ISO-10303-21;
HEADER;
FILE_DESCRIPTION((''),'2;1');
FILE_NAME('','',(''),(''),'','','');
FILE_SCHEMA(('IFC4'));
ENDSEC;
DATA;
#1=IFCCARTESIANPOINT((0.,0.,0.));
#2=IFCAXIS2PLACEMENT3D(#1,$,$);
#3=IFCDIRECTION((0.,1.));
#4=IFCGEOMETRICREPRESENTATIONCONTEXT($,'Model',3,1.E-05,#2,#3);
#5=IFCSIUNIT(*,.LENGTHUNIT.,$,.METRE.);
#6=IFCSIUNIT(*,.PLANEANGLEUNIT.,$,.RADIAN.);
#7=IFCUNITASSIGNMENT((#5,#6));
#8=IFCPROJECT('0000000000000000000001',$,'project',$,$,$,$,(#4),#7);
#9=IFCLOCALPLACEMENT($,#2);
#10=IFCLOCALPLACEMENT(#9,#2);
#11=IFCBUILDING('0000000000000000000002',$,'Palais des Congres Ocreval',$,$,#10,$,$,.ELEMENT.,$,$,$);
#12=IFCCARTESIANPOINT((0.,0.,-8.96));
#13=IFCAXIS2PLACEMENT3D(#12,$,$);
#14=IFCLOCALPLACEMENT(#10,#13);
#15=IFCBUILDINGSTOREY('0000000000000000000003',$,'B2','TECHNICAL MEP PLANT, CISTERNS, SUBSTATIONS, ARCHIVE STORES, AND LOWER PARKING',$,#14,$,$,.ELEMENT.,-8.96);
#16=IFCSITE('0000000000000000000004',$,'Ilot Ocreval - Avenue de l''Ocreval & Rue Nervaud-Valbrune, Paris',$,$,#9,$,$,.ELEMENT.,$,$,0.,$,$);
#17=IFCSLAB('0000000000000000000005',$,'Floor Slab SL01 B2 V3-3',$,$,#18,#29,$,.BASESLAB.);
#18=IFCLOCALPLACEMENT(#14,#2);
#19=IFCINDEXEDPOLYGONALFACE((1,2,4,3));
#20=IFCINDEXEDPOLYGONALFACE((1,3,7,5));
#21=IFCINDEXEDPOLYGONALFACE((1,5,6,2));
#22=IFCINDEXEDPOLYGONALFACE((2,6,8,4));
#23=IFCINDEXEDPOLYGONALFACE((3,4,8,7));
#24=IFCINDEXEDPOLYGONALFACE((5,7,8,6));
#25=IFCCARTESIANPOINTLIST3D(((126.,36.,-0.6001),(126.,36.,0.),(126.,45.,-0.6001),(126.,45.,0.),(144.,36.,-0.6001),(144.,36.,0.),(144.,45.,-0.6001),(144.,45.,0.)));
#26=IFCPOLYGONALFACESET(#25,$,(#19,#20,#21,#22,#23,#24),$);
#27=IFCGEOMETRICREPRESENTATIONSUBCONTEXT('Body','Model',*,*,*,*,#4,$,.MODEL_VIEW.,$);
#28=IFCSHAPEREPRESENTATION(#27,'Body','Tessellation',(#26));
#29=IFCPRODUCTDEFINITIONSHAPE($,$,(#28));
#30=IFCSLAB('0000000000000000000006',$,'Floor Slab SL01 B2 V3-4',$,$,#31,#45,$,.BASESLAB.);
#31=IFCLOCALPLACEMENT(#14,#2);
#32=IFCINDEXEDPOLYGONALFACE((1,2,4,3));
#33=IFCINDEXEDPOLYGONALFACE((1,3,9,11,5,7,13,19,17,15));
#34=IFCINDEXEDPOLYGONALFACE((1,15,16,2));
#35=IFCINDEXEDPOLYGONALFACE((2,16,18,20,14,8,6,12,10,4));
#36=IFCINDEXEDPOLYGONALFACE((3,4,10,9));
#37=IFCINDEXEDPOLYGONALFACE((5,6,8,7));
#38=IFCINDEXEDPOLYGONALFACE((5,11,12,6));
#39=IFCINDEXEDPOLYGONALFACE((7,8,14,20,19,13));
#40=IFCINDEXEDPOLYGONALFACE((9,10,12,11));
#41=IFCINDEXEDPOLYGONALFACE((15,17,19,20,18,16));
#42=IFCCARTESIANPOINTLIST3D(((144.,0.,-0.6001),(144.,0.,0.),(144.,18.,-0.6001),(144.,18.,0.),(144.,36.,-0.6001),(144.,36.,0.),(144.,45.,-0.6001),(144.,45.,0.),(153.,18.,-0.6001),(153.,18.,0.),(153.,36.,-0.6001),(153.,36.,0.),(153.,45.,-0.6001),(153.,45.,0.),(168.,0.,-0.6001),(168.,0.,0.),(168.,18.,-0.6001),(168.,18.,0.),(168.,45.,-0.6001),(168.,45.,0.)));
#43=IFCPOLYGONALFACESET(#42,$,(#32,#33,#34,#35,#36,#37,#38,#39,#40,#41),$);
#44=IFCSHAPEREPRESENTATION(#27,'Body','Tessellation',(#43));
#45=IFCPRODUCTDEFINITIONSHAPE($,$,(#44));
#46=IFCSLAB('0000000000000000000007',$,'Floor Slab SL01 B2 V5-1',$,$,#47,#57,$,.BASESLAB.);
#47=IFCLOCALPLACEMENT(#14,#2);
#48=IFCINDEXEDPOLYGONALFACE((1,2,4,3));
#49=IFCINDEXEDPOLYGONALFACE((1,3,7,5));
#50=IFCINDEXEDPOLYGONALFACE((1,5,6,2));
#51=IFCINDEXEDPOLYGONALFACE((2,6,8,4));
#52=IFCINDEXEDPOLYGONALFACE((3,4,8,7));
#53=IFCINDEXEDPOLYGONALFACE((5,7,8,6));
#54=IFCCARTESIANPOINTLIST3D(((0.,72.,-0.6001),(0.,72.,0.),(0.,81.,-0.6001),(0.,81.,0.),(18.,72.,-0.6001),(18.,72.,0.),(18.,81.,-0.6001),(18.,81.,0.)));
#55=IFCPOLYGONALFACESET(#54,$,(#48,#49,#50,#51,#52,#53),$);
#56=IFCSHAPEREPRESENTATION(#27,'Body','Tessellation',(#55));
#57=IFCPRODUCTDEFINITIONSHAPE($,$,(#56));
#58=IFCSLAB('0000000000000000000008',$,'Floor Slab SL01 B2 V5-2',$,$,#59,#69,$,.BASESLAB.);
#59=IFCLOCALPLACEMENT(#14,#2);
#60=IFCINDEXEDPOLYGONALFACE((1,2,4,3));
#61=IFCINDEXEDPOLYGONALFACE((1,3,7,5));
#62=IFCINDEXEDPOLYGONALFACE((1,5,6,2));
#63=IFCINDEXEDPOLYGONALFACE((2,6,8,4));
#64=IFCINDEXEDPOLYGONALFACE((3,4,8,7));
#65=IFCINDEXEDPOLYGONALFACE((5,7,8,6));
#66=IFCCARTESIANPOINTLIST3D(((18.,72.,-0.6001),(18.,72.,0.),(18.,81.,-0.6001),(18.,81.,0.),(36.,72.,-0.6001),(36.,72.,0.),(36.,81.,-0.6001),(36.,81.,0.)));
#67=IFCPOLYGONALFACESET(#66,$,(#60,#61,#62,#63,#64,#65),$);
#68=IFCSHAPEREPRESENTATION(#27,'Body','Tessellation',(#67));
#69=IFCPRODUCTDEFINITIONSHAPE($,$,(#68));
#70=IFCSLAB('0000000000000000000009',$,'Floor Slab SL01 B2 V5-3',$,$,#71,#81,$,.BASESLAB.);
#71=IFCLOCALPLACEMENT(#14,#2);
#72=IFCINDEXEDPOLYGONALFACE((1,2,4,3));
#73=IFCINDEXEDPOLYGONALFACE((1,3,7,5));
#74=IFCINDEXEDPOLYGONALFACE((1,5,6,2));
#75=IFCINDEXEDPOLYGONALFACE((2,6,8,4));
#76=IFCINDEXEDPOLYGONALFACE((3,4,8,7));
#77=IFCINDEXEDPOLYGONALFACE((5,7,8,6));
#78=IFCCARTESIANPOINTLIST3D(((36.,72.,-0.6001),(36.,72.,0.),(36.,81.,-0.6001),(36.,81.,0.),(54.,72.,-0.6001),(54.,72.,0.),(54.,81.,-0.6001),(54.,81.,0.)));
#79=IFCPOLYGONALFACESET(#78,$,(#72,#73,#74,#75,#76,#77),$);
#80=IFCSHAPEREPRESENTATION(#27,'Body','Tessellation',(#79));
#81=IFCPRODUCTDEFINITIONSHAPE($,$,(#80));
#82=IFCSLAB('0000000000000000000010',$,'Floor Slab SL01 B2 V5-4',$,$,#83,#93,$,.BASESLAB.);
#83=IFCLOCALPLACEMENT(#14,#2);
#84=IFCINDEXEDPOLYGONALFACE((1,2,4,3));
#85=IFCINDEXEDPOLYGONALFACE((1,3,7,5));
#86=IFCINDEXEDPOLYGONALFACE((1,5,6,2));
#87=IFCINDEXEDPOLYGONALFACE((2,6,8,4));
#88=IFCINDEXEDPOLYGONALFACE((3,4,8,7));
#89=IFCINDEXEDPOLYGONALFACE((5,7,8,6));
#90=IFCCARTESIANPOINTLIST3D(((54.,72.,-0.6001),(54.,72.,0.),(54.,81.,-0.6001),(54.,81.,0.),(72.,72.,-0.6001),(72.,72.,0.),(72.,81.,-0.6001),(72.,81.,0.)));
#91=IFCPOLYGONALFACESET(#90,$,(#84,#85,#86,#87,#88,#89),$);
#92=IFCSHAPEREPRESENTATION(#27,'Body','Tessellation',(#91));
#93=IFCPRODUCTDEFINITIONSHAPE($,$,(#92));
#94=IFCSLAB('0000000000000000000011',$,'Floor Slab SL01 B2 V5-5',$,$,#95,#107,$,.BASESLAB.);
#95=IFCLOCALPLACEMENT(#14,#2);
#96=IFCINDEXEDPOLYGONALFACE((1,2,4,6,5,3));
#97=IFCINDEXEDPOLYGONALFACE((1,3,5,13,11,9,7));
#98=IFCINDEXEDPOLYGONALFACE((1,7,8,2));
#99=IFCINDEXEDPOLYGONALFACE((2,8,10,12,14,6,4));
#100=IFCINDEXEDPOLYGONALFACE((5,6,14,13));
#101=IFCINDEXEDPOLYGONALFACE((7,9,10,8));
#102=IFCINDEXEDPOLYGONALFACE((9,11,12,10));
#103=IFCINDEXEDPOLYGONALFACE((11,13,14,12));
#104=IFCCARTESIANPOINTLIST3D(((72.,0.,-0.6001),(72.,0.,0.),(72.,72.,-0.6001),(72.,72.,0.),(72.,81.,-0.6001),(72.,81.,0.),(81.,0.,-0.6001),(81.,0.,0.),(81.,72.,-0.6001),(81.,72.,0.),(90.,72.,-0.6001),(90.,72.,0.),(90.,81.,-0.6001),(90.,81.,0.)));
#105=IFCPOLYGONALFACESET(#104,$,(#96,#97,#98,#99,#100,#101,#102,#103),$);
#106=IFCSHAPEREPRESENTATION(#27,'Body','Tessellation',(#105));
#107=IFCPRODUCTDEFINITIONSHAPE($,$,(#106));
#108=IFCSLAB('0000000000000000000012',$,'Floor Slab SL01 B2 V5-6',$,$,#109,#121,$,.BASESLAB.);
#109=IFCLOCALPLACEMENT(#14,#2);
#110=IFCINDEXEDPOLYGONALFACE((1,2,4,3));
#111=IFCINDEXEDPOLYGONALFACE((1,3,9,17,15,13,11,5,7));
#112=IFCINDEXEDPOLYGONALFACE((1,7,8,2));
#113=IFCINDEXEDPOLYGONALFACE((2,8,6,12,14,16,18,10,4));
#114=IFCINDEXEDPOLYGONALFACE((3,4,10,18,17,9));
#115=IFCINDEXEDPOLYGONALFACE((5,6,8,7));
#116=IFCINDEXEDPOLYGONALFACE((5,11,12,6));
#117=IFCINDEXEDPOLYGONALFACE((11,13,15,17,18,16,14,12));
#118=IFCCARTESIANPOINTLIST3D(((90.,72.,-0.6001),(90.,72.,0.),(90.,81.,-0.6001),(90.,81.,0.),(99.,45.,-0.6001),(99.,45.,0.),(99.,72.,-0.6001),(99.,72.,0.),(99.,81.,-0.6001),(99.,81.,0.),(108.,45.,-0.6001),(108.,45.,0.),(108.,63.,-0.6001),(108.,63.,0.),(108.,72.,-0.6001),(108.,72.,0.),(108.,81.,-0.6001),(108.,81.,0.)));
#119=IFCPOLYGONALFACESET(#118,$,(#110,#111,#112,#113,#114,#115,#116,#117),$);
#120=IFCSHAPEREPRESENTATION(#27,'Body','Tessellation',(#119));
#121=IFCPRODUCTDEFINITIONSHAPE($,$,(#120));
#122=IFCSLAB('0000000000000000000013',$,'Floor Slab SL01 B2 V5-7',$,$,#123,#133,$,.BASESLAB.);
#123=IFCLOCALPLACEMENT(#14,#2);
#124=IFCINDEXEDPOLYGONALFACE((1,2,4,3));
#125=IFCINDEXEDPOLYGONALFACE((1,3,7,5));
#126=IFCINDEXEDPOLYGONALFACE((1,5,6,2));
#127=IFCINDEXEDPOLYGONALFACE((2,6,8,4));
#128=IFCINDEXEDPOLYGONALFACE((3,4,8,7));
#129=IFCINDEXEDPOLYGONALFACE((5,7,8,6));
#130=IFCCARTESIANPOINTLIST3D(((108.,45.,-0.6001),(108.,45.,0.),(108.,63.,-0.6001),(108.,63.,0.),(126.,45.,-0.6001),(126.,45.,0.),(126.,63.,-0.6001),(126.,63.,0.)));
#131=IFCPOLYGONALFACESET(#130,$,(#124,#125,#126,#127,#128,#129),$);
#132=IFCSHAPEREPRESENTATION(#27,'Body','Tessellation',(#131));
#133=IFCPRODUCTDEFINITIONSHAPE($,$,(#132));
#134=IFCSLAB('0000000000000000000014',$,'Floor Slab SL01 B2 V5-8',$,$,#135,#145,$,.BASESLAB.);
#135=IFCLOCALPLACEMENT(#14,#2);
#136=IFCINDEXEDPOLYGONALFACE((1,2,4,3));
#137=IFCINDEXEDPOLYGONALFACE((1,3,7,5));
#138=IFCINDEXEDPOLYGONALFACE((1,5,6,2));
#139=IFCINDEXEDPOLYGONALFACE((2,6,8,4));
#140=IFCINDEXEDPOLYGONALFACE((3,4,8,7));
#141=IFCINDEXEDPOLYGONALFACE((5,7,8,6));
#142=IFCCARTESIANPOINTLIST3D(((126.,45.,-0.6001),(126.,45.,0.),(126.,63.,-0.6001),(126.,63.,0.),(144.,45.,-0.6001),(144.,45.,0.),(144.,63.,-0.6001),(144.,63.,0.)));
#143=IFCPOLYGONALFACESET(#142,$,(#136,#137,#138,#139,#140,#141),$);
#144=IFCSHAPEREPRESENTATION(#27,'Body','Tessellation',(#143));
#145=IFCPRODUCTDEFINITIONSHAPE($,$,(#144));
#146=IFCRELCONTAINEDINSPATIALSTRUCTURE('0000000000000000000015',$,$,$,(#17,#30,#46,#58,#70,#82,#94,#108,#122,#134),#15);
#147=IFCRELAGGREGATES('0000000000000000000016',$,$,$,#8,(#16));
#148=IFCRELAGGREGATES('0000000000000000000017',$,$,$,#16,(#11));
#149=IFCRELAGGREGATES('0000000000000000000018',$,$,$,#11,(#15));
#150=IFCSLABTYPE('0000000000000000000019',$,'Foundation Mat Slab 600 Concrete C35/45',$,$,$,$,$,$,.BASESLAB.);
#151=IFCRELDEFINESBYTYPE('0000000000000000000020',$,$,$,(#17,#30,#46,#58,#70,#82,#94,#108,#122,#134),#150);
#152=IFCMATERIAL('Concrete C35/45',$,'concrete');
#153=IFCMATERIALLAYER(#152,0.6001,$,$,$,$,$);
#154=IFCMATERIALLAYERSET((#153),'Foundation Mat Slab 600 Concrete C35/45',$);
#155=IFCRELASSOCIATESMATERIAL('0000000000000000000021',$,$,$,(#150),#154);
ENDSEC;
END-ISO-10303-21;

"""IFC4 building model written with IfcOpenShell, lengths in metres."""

from ifc_helpers import new_model, si_unit, direction, frame, origin, place, context, subcontext, project, spatial, polyline, outline, extrude, material, layer, layer_set, type_object, element, save


model = new_model("IFC4")

# Units and contexts
model_context = context("Model", 3, precision=1e-05, world=origin(), true_north=direction((0.0, 1.0)))
body_context = subcontext(model_context, "Body", "Model", "MODEL_VIEW")
ifc_project = project(units=[si_unit("LENGTHUNIT", "METRE"), si_unit("PLANEANGLEUNIT", "RADIAN")], contexts=[model_context])

# Site, building, storey
site_placement = place(None, origin())
site = spatial("IfcSite", under=ifc_project, at=site_placement, Name="Ilot Ocreval - Avenue de l'Ocreval & Rue Nervaud-Valbrune, Paris", CompositionType="ELEMENT", RefElevation=0.0)
building_placement = place(site_placement, origin())
building = spatial("IfcBuilding", under=site, at=building_placement, Name="Palais des Congres Ocreval", CompositionType="ELEMENT")
storey_placement = place(building_placement, frame((0.0, 0.0, -8.96)))
storey = spatial("IfcBuildingStorey", under=building, at=storey_placement, Name="B2", Description="TECHNICAL MEP PLANT, CISTERNS, SUBSTATIONS, ARCHIVE STORES, AND LOWER PARKING", CompositionType="ELEMENT", Elevation=-8.96)

# Shared definitions
ifc_material = material(Name="Concrete C35/45", Category="concrete")

# Slabs
ifc_layer_1 = layer(ifc_material, 0.6001)
ifc_layer_set_1 = layer_set([ifc_layer_1], Name="Foundation Mat Slab 600 Concrete C35/45")
slab_type_1 = type_object("IfcSlabType", Name="Foundation Mat Slab 600 Concrete C35/45", PredefinedType="BASESLAB", material=ifc_layer_set_1)
slab_1_placement = place(storey_placement, frame((0.0, 0.0, -0.6001)))
element("IfcSlab", 1, at=slab_1_placement, inside=storey, type_object=slab_type_1, Name="Floor Slab SL01 B2 V3-3", PredefinedType="BASESLAB", context=body_context, shape_type="SweptSolid", body=[
    extrude(outline(polyline([(144.0, 45.0), (144.0, 36.0), (126.0, 36.0), (126.0, 45.0), (144.0, 45.0)])), origin(), (0.0, 0.0, 1.0), 0.6001),
])
slab_2_placement = place(storey_placement, frame((0.0, 0.0, -0.6001)))
element("IfcSlab", 2, at=slab_2_placement, inside=storey, type_object=slab_type_1, Name="Floor Slab SL01 B2 V3-4", PredefinedType="BASESLAB", context=body_context, shape_type="SweptSolid", body=[
    extrude(outline(polyline([(144.0, 0.0), (144.0, 18.0), (153.0, 18.0), (153.0, 36.0), (144.0, 36.0), (144.0, 45.0), (153.0, 45.0), (168.0, 45.0), (168.0, 18.0), (168.0, 0.0), (144.0, 0.0)])), origin(), (0.0, 0.0, 1.0), 0.6001),
])
slab_3_placement = place(storey_placement, frame((0.0, 0.0, -0.6001)))
element("IfcSlab", 3, at=slab_3_placement, inside=storey, type_object=slab_type_1, Name="Floor Slab SL01 B2 V5-1", PredefinedType="BASESLAB", context=body_context, shape_type="SweptSolid", body=[
    extrude(outline(polyline([(0.0, 72.0), (0.0, 81.0), (18.0, 81.0), (18.0, 72.0), (0.0, 72.0)])), origin(), (0.0, 0.0, 1.0), 0.6001),
])
slab_4_placement = place(storey_placement, frame((0.0, 0.0, -0.6001)))
element("IfcSlab", 4, at=slab_4_placement, inside=storey, type_object=slab_type_1, Name="Floor Slab SL01 B2 V5-2", PredefinedType="BASESLAB", context=body_context, shape_type="SweptSolid", body=[
    extrude(outline(polyline([(18.0, 72.0), (18.0, 81.0), (36.0, 81.0), (36.0, 72.0), (18.0, 72.0)])), origin(), (0.0, 0.0, 1.0), 0.6001),
])
slab_5_placement = place(storey_placement, frame((0.0, 0.0, -0.6001)))
element("IfcSlab", 5, at=slab_5_placement, inside=storey, type_object=slab_type_1, Name="Floor Slab SL01 B2 V5-3", PredefinedType="BASESLAB", context=body_context, shape_type="SweptSolid", body=[
    extrude(outline(polyline([(36.0, 72.0), (36.0, 81.0), (54.0, 81.0), (54.0, 72.0), (36.0, 72.0)])), origin(), (0.0, 0.0, 1.0), 0.6001),
])
slab_6_placement = place(storey_placement, frame((0.0, 0.0, -0.6001)))
element("IfcSlab", 6, at=slab_6_placement, inside=storey, type_object=slab_type_1, Name="Floor Slab SL01 B2 V5-4", PredefinedType="BASESLAB", context=body_context, shape_type="SweptSolid", body=[
    extrude(outline(polyline([(54.0, 72.0), (54.0, 81.0), (72.0, 81.0), (72.0, 72.0), (54.0, 72.0)])), origin(), (0.0, 0.0, 1.0), 0.6001),
])
slab_7_placement = place(storey_placement, frame((0.0, 0.0, -0.6001)))
element("IfcSlab", 7, at=slab_7_placement, inside=storey, type_object=slab_type_1, Name="Floor Slab SL01 B2 V5-5", PredefinedType="BASESLAB", context=body_context, shape_type="SweptSolid", body=[
    extrude(outline(polyline([(90.0, 81.0), (90.0, 72.0), (81.0, 72.0), (81.0, 0.0), (72.0, 0.0), (72.0, 72.0), (72.0, 81.0), (90.0, 81.0)])), origin(), (0.0, 0.0, 1.0), 0.6001),
])
slab_8_placement = place(storey_placement, frame((0.0, 0.0, -0.6001)))
element("IfcSlab", 8, at=slab_8_placement, inside=storey, type_object=slab_type_1, Name="Floor Slab SL01 B2 V5-6", PredefinedType="BASESLAB", context=body_context, shape_type="SweptSolid", body=[
    extrude(outline(polyline([(99.0, 81.0), (108.0, 81.0), (108.0, 72.0), (108.0, 63.0), (108.0, 45.0), (99.0, 45.0), (99.0, 72.0), (90.0, 72.0), (90.0, 81.0), (99.0, 81.0)])), origin(), (0.0, 0.0, 1.0), 0.6001),
])
slab_9_placement = place(storey_placement, frame((0.0, 0.0, -0.6001)))
element("IfcSlab", 9, at=slab_9_placement, inside=storey, type_object=slab_type_1, Name="Floor Slab SL01 B2 V5-7", PredefinedType="BASESLAB", context=body_context, shape_type="SweptSolid", body=[
    extrude(outline(polyline([(126.0, 63.0), (126.0, 45.0), (108.0, 45.0), (108.0, 63.0), (126.0, 63.0)])), origin(), (0.0, 0.0, 1.0), 0.6001),
])
slab_10_placement = place(storey_placement, frame((0.0, 0.0, -0.6001)))
element("IfcSlab", 10, at=slab_10_placement, inside=storey, type_object=slab_type_1, Name="Floor Slab SL01 B2 V5-8", PredefinedType="BASESLAB", context=body_context, shape_type="SweptSolid", body=[
    extrude(outline(polyline([(144.0, 63.0), (144.0, 45.0), (126.0, 45.0), (126.0, 63.0), (144.0, 63.0)])), origin(), (0.0, 0.0, 1.0), 0.6001),
])

save(model, "model.ifc")
